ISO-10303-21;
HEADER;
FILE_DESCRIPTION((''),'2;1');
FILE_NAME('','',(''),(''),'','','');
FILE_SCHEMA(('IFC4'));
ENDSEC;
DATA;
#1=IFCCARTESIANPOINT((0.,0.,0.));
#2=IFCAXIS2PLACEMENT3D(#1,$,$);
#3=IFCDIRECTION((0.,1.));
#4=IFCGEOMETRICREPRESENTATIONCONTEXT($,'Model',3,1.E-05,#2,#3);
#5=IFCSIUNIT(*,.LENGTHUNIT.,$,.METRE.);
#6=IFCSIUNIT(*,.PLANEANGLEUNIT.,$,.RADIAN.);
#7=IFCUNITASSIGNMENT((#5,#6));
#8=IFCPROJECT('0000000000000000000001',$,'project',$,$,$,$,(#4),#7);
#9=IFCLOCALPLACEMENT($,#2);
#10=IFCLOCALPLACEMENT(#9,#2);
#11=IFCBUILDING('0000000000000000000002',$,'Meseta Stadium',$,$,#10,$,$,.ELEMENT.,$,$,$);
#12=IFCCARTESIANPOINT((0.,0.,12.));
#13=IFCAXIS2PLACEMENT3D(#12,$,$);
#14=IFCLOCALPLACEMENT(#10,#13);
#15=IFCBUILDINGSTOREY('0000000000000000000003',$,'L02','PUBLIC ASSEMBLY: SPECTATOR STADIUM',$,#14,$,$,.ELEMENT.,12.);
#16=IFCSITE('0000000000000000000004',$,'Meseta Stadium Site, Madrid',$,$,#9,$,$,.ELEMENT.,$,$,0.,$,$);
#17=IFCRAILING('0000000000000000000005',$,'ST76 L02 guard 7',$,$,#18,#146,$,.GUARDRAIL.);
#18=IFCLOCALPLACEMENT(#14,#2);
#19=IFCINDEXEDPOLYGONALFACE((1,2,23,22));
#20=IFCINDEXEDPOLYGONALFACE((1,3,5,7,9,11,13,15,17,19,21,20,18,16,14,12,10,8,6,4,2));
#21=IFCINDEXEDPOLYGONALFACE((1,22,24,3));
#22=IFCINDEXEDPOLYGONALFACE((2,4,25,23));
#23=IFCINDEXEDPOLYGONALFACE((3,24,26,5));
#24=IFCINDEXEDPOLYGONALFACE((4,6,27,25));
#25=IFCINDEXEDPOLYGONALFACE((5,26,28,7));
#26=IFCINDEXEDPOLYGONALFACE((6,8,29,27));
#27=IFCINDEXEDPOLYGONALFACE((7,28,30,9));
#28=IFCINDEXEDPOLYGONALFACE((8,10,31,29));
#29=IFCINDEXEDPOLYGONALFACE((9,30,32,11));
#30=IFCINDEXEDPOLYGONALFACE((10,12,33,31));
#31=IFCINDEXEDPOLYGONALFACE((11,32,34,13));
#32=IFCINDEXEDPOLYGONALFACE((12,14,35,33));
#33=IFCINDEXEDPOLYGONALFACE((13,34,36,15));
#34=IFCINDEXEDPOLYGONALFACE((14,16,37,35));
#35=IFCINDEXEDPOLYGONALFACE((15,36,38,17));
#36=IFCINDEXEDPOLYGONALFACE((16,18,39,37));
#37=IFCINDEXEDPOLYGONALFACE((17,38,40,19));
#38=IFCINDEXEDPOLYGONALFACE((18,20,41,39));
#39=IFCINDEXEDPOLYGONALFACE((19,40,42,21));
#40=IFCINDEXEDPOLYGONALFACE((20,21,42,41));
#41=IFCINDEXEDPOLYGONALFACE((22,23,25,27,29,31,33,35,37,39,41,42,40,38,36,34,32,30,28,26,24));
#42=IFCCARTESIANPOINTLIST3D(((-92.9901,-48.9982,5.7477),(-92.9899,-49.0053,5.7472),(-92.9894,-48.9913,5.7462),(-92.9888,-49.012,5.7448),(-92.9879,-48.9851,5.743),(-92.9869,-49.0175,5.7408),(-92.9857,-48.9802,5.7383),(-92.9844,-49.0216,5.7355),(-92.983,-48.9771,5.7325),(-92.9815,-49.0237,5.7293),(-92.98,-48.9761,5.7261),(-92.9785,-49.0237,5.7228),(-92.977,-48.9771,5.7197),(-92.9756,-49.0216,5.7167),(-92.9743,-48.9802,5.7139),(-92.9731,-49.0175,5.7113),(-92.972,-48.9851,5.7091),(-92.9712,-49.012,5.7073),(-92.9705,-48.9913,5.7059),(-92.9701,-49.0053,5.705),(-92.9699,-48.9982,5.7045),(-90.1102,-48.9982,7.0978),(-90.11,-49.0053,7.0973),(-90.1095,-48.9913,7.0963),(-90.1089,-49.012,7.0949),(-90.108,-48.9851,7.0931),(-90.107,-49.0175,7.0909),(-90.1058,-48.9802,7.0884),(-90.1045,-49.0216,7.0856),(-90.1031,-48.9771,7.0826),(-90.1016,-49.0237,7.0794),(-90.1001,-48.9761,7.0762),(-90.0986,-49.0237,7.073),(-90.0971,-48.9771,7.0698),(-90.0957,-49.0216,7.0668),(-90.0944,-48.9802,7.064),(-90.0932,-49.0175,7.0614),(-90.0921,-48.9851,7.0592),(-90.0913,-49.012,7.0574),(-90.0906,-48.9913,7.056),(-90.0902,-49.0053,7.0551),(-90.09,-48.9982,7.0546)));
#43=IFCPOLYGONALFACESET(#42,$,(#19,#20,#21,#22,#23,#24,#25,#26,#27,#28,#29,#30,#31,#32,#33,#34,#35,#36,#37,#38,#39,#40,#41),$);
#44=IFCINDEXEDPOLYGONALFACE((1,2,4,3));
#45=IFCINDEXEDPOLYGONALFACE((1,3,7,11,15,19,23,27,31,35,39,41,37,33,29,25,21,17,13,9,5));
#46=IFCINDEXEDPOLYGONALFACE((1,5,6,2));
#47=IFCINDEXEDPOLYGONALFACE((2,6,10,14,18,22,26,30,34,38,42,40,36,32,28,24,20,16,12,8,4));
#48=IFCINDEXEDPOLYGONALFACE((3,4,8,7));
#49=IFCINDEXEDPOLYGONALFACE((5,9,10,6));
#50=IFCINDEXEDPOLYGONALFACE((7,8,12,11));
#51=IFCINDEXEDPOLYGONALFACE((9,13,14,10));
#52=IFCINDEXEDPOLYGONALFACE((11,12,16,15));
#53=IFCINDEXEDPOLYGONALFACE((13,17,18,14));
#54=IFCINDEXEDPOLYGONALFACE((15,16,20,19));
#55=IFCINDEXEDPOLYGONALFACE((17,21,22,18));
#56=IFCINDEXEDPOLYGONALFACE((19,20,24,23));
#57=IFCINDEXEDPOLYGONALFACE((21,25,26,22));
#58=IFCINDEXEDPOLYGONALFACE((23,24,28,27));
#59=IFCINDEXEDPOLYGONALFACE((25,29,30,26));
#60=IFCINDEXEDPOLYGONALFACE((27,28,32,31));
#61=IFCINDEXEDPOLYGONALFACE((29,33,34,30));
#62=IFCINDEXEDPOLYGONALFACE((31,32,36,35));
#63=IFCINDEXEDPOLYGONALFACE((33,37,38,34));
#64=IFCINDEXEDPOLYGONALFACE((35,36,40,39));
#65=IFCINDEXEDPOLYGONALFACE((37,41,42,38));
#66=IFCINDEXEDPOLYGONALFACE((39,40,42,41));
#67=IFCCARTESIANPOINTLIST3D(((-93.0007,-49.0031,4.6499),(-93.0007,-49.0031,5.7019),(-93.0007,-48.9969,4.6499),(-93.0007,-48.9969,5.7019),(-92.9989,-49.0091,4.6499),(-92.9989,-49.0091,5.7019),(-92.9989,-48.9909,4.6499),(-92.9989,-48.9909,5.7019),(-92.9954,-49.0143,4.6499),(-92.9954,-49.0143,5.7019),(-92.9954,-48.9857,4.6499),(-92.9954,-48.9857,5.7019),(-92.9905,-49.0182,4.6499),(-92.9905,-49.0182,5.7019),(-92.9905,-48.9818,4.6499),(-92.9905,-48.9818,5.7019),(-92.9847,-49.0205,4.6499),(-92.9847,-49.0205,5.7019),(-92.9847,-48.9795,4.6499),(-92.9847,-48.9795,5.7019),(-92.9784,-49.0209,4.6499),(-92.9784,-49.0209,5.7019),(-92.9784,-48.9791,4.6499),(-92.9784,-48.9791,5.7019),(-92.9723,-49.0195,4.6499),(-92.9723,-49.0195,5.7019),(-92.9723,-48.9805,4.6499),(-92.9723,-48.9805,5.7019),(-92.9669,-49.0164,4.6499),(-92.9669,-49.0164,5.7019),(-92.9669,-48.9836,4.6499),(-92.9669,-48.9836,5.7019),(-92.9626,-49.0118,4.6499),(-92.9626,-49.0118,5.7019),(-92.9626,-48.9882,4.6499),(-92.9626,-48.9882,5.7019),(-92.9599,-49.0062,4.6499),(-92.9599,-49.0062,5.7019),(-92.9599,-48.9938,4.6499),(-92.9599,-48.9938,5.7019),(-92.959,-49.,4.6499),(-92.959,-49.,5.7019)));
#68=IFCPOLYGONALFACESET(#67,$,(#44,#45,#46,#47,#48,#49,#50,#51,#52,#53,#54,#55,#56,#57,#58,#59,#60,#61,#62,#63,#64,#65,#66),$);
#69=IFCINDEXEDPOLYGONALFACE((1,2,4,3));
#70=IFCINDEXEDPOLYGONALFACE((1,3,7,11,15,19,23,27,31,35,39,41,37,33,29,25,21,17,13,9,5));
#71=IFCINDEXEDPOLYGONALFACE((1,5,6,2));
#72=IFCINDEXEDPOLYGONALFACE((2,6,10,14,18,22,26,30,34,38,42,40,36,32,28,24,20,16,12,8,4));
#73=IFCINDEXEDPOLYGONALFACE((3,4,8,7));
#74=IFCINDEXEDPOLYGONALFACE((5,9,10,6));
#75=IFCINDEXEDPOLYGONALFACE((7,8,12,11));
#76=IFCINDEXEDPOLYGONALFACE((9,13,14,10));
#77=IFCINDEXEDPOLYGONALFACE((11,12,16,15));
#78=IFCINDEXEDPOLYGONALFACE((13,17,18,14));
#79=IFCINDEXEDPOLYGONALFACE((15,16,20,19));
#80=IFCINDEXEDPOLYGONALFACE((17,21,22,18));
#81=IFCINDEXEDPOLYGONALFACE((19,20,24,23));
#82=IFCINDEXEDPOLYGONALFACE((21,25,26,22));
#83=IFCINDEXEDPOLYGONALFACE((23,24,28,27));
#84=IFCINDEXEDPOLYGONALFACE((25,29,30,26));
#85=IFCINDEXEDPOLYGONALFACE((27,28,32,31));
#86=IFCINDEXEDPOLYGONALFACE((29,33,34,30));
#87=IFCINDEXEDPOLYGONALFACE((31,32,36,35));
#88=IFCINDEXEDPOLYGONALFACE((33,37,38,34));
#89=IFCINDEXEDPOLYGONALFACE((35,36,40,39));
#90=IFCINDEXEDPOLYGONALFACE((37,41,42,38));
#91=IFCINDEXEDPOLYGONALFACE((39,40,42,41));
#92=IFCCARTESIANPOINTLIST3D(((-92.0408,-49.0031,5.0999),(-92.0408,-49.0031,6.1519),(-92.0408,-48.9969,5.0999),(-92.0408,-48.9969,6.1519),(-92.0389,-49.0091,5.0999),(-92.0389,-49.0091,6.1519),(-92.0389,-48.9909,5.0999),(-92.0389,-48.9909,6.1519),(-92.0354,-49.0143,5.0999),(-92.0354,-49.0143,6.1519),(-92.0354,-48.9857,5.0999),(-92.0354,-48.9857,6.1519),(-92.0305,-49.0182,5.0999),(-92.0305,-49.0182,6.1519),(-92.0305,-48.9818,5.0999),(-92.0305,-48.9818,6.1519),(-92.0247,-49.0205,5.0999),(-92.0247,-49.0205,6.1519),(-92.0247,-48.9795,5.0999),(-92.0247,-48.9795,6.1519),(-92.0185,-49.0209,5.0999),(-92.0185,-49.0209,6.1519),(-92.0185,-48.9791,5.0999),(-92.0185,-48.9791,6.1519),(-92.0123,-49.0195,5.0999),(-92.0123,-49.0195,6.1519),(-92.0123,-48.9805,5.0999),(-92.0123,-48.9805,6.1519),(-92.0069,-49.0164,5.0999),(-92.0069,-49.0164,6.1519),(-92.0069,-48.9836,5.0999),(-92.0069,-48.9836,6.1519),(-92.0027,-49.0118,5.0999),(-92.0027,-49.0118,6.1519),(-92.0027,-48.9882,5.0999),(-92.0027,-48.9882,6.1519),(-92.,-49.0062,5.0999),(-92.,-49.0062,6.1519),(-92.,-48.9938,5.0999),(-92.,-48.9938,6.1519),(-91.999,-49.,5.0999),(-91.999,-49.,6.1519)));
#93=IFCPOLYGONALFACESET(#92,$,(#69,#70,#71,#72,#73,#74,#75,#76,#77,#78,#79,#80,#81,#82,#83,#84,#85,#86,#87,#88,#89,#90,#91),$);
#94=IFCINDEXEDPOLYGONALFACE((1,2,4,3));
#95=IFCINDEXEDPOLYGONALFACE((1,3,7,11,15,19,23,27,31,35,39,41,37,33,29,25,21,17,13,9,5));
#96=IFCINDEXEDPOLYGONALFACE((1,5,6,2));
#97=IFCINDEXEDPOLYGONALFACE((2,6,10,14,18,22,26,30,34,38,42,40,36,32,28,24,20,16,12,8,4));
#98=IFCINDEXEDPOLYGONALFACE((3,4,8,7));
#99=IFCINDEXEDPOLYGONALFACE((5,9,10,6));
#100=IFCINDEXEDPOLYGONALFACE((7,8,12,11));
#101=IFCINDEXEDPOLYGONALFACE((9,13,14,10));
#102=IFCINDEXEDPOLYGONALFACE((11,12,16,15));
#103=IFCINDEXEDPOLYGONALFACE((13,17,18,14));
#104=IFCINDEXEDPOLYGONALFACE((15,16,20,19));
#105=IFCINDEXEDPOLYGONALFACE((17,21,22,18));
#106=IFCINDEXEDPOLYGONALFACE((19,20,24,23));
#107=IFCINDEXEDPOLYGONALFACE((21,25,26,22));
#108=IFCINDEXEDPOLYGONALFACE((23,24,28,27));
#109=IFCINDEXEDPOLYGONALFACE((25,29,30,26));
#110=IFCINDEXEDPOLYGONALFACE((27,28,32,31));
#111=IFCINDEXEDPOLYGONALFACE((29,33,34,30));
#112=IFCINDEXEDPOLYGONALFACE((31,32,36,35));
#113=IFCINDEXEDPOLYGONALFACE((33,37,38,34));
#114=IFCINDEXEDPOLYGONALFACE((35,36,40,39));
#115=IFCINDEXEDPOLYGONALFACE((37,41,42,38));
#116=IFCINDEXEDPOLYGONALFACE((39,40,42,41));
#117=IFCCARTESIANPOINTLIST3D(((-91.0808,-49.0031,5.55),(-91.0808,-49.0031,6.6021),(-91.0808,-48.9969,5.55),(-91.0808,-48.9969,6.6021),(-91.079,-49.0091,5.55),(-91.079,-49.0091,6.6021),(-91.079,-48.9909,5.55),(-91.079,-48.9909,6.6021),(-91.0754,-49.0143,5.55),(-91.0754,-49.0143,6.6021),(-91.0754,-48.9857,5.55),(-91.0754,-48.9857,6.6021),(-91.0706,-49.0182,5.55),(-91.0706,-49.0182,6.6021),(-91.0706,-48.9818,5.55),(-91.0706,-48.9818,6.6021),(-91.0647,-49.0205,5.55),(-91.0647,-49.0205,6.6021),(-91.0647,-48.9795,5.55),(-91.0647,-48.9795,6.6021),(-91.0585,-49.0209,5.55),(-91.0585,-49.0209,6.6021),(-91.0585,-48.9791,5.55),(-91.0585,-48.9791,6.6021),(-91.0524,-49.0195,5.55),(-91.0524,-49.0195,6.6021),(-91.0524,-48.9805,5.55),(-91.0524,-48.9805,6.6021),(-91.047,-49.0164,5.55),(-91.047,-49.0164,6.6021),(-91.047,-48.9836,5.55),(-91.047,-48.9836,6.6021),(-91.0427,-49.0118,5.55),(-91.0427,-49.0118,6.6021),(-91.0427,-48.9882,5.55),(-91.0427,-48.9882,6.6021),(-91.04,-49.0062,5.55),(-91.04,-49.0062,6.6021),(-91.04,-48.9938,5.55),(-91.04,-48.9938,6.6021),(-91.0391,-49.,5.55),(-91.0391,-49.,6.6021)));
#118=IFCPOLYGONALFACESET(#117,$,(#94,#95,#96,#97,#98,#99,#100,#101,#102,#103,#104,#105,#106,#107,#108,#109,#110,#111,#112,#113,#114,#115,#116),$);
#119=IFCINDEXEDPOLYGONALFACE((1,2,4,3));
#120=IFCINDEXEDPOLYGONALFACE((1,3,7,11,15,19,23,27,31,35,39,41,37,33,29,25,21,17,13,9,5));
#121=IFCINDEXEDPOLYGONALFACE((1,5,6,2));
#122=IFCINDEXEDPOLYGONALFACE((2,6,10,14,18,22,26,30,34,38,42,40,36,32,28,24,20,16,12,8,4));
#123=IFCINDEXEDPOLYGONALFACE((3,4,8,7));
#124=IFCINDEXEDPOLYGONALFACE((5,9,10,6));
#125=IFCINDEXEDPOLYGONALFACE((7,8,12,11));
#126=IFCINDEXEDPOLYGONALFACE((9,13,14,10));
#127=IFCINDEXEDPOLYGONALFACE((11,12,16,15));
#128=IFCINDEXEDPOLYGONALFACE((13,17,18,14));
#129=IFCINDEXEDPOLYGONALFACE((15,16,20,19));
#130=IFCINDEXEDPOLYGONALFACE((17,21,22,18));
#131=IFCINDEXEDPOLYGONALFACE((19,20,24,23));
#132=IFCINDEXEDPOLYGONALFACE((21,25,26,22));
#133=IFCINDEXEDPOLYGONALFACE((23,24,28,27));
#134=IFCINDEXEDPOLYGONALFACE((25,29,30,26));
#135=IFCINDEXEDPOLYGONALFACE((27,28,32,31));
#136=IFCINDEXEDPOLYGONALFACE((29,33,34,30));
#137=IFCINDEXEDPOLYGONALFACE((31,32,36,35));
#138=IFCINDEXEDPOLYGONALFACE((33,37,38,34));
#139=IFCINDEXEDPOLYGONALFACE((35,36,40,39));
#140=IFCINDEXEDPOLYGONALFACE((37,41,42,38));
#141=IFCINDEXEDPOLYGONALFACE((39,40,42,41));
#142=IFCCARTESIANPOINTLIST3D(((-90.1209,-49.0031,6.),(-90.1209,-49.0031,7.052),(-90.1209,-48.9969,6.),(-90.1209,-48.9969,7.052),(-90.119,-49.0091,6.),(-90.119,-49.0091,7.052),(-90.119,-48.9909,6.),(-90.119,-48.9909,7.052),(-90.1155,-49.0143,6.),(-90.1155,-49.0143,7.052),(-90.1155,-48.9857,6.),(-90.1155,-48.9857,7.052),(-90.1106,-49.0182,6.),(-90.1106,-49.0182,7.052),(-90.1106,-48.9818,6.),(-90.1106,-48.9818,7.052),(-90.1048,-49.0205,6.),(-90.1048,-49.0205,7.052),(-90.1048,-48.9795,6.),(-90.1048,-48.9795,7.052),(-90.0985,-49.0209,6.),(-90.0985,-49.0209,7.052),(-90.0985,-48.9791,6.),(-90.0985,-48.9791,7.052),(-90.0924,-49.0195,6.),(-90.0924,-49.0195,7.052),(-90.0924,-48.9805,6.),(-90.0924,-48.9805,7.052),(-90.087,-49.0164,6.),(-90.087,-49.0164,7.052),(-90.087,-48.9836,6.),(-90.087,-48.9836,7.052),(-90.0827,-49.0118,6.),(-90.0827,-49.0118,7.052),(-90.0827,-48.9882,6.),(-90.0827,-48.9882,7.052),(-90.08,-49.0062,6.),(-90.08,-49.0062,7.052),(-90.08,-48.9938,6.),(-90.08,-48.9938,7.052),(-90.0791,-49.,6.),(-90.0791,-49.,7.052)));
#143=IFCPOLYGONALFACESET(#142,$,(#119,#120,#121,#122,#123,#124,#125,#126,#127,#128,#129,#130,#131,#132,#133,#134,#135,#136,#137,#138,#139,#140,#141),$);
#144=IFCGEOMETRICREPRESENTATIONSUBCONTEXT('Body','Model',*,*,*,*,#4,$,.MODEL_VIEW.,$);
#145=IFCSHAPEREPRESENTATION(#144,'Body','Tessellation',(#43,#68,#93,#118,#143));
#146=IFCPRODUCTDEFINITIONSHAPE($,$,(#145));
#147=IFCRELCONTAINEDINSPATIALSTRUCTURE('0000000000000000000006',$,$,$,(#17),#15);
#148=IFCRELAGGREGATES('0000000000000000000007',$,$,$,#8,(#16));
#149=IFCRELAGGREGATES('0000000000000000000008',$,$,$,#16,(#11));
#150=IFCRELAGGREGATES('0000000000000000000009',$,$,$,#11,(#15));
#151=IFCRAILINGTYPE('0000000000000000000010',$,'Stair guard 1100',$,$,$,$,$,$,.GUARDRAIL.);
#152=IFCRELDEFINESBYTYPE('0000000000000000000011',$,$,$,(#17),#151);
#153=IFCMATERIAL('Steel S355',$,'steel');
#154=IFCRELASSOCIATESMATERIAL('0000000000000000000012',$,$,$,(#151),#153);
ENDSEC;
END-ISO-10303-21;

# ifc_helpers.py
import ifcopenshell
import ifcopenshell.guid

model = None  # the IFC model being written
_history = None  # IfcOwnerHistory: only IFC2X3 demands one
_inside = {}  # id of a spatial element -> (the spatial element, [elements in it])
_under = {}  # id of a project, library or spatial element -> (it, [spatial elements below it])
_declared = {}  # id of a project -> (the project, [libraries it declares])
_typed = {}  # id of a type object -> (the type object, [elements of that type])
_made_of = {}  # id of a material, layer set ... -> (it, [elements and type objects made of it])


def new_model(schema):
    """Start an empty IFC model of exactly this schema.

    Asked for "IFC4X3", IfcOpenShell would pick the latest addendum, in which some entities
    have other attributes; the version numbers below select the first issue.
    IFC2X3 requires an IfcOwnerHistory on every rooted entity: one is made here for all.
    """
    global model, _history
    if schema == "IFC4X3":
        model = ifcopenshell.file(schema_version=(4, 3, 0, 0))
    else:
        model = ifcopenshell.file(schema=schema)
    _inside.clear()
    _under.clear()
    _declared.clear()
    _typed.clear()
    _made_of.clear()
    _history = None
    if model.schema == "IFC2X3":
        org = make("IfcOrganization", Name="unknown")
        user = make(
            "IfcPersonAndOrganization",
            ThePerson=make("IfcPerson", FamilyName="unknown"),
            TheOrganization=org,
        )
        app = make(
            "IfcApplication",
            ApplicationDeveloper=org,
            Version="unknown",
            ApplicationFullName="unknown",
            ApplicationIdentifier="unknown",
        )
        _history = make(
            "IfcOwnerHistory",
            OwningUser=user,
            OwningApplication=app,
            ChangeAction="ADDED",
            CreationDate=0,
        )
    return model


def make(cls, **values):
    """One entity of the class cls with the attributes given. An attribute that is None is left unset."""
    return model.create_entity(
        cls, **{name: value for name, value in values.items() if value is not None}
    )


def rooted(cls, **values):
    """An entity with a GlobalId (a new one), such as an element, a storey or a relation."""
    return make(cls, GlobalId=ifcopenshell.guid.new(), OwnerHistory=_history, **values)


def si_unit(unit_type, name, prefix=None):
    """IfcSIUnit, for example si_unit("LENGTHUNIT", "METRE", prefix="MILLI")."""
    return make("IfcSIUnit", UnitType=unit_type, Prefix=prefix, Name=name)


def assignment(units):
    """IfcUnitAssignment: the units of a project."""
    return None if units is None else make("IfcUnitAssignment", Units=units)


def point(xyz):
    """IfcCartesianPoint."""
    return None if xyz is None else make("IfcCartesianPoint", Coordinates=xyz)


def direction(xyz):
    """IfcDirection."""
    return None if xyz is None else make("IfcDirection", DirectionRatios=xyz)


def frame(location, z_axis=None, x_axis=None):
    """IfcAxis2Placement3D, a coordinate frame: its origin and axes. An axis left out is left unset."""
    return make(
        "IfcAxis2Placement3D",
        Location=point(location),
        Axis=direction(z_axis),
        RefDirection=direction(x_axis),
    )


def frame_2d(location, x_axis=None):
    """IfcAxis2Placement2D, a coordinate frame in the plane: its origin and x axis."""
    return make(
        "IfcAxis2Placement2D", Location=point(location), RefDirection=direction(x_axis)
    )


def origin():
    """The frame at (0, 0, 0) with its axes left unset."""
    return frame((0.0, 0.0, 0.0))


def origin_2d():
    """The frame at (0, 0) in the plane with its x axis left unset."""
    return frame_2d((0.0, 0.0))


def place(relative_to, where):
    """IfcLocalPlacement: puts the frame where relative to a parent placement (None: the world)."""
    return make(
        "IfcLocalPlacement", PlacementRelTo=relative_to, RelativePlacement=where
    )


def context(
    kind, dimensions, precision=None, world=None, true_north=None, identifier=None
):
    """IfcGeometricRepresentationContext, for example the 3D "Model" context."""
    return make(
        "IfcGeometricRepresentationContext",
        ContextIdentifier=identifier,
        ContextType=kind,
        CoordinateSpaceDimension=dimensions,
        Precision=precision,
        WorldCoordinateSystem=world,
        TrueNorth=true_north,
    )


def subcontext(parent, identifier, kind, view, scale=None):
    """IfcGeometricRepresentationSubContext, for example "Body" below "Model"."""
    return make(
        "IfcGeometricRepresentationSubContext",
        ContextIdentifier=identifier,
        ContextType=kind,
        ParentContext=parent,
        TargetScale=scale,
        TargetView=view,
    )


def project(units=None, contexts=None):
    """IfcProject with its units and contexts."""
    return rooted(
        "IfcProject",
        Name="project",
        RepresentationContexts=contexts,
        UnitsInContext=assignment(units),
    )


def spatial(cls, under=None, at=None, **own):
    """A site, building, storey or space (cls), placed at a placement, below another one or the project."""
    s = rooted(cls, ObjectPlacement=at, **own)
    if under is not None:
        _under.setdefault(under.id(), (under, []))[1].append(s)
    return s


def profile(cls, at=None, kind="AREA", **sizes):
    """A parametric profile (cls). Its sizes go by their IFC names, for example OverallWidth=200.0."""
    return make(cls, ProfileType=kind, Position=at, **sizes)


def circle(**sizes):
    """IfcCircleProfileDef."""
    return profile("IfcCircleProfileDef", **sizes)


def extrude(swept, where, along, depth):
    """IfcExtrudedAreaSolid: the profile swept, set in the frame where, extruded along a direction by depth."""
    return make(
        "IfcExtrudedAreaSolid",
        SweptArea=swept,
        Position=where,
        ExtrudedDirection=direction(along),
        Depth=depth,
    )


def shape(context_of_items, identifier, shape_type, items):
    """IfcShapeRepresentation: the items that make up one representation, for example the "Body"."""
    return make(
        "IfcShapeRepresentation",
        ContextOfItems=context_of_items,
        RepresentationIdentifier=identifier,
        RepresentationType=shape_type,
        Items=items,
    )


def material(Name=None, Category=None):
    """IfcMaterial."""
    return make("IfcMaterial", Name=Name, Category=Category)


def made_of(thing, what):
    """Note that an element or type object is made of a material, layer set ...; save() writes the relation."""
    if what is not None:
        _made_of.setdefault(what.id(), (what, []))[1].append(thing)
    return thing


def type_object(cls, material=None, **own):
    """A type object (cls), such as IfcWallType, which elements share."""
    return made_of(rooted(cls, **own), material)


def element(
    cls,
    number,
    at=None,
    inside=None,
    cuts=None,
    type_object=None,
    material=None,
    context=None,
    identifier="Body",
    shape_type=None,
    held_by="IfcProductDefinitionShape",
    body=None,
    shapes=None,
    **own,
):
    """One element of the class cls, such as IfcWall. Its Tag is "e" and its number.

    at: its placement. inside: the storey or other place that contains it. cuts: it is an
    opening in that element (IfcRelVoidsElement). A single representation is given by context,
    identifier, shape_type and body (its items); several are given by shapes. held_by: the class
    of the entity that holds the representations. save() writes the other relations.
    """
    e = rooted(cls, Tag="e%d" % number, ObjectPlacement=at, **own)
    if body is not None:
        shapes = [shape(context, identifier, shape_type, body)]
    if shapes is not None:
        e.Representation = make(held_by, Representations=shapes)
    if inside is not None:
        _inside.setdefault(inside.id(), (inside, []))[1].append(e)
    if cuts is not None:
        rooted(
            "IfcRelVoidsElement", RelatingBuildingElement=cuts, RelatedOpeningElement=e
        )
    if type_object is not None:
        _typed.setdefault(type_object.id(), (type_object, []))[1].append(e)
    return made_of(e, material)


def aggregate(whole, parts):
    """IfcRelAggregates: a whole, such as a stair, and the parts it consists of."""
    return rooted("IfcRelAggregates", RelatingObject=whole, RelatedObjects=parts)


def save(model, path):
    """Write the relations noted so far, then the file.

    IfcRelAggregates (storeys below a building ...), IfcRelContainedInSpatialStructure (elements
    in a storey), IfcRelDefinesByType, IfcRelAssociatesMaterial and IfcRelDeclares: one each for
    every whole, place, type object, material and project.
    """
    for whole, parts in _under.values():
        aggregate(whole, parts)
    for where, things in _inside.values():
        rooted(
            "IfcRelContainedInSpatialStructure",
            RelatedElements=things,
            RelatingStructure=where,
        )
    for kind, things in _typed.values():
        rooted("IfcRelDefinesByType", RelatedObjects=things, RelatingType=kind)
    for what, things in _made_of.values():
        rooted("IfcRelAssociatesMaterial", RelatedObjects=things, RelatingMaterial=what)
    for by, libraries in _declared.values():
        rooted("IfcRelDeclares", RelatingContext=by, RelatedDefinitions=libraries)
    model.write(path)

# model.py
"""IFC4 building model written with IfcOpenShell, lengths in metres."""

from ifc_helpers import new_model, si_unit, direction, frame, origin, origin_2d, place, context, subcontext, project, spatial, circle, extrude, material, type_object, element, save


model = new_model("IFC4")

# Units and contexts
model_context = context("Model", 3, precision=1e-05, world=origin(), true_north=direction((0.0, 1.0)))
body_context = subcontext(model_context, "Body", "Model", "MODEL_VIEW")
ifc_project = project(units=[si_unit("LENGTHUNIT", "METRE"), si_unit("PLANEANGLEUNIT", "RADIAN")], contexts=[model_context])

# Site, building, storey
site_placement = place(None, origin())
site = spatial("IfcSite", under=ifc_project, at=site_placement, Name="Meseta Stadium Site, Madrid", CompositionType="ELEMENT", RefElevation=0.0)
building_placement = place(site_placement, origin())
building = spatial("IfcBuilding", under=site, at=building_placement, Name="Meseta Stadium", CompositionType="ELEMENT")
storey_placement = place(building_placement, frame((0.0, 0.0, 12.0)))
storey = spatial("IfcBuildingStorey", under=building, at=storey_placement, Name="L02", Description="PUBLIC ASSEMBLY: SPECTATOR STADIUM", CompositionType="ELEMENT", Elevation=12.0)

# Railing
ifc_material_1 = material(Name="Steel S355", Category="steel")
railing_type_1 = type_object("IfcRailingType", Name="Stair guard 1100", PredefinedType="GUARDRAIL", material=ifc_material_1)
railing_1_placement = place(storey_placement, frame((-92.98, -49.0, 4.6499)))
element("IfcRailing", 1, at=railing_1_placement, inside=storey, type_object=railing_type_1, Name="ST76 L02 guard 7", PredefinedType="GUARDRAIL", context=body_context, shape_type="SweptSolid", body=[
    extrude(circle(Radius=0.0239, at=origin_2d()), frame((0.0, 0.0, 1.0762), z_axis=(0.90544, 0.0, 0.424473), x_axis=(0.0, 1.0, 0.0)), (0.0, 0.0, 1.0), 3.1807),
    extrude(circle(Radius=0.021, at=origin_2d()), origin(), (0.0, 0.0, 1.0), 1.052),
    extrude(circle(Radius=0.021, at=origin_2d()), frame((0.96, 0.0, 0.45)), (0.0, 0.0, 1.0), 1.052),
    extrude(circle(Radius=0.021, at=origin_2d()), frame((1.9199, 0.0, 0.9001)), (0.0, 0.0, 1.0), 1.052),
    extrude(circle(Radius=0.021, at=origin_2d()), frame((2.8799, 0.0, 1.3501)), (0.0, 0.0, 1.0), 1.052),
])

save(model, "model.ifc")
